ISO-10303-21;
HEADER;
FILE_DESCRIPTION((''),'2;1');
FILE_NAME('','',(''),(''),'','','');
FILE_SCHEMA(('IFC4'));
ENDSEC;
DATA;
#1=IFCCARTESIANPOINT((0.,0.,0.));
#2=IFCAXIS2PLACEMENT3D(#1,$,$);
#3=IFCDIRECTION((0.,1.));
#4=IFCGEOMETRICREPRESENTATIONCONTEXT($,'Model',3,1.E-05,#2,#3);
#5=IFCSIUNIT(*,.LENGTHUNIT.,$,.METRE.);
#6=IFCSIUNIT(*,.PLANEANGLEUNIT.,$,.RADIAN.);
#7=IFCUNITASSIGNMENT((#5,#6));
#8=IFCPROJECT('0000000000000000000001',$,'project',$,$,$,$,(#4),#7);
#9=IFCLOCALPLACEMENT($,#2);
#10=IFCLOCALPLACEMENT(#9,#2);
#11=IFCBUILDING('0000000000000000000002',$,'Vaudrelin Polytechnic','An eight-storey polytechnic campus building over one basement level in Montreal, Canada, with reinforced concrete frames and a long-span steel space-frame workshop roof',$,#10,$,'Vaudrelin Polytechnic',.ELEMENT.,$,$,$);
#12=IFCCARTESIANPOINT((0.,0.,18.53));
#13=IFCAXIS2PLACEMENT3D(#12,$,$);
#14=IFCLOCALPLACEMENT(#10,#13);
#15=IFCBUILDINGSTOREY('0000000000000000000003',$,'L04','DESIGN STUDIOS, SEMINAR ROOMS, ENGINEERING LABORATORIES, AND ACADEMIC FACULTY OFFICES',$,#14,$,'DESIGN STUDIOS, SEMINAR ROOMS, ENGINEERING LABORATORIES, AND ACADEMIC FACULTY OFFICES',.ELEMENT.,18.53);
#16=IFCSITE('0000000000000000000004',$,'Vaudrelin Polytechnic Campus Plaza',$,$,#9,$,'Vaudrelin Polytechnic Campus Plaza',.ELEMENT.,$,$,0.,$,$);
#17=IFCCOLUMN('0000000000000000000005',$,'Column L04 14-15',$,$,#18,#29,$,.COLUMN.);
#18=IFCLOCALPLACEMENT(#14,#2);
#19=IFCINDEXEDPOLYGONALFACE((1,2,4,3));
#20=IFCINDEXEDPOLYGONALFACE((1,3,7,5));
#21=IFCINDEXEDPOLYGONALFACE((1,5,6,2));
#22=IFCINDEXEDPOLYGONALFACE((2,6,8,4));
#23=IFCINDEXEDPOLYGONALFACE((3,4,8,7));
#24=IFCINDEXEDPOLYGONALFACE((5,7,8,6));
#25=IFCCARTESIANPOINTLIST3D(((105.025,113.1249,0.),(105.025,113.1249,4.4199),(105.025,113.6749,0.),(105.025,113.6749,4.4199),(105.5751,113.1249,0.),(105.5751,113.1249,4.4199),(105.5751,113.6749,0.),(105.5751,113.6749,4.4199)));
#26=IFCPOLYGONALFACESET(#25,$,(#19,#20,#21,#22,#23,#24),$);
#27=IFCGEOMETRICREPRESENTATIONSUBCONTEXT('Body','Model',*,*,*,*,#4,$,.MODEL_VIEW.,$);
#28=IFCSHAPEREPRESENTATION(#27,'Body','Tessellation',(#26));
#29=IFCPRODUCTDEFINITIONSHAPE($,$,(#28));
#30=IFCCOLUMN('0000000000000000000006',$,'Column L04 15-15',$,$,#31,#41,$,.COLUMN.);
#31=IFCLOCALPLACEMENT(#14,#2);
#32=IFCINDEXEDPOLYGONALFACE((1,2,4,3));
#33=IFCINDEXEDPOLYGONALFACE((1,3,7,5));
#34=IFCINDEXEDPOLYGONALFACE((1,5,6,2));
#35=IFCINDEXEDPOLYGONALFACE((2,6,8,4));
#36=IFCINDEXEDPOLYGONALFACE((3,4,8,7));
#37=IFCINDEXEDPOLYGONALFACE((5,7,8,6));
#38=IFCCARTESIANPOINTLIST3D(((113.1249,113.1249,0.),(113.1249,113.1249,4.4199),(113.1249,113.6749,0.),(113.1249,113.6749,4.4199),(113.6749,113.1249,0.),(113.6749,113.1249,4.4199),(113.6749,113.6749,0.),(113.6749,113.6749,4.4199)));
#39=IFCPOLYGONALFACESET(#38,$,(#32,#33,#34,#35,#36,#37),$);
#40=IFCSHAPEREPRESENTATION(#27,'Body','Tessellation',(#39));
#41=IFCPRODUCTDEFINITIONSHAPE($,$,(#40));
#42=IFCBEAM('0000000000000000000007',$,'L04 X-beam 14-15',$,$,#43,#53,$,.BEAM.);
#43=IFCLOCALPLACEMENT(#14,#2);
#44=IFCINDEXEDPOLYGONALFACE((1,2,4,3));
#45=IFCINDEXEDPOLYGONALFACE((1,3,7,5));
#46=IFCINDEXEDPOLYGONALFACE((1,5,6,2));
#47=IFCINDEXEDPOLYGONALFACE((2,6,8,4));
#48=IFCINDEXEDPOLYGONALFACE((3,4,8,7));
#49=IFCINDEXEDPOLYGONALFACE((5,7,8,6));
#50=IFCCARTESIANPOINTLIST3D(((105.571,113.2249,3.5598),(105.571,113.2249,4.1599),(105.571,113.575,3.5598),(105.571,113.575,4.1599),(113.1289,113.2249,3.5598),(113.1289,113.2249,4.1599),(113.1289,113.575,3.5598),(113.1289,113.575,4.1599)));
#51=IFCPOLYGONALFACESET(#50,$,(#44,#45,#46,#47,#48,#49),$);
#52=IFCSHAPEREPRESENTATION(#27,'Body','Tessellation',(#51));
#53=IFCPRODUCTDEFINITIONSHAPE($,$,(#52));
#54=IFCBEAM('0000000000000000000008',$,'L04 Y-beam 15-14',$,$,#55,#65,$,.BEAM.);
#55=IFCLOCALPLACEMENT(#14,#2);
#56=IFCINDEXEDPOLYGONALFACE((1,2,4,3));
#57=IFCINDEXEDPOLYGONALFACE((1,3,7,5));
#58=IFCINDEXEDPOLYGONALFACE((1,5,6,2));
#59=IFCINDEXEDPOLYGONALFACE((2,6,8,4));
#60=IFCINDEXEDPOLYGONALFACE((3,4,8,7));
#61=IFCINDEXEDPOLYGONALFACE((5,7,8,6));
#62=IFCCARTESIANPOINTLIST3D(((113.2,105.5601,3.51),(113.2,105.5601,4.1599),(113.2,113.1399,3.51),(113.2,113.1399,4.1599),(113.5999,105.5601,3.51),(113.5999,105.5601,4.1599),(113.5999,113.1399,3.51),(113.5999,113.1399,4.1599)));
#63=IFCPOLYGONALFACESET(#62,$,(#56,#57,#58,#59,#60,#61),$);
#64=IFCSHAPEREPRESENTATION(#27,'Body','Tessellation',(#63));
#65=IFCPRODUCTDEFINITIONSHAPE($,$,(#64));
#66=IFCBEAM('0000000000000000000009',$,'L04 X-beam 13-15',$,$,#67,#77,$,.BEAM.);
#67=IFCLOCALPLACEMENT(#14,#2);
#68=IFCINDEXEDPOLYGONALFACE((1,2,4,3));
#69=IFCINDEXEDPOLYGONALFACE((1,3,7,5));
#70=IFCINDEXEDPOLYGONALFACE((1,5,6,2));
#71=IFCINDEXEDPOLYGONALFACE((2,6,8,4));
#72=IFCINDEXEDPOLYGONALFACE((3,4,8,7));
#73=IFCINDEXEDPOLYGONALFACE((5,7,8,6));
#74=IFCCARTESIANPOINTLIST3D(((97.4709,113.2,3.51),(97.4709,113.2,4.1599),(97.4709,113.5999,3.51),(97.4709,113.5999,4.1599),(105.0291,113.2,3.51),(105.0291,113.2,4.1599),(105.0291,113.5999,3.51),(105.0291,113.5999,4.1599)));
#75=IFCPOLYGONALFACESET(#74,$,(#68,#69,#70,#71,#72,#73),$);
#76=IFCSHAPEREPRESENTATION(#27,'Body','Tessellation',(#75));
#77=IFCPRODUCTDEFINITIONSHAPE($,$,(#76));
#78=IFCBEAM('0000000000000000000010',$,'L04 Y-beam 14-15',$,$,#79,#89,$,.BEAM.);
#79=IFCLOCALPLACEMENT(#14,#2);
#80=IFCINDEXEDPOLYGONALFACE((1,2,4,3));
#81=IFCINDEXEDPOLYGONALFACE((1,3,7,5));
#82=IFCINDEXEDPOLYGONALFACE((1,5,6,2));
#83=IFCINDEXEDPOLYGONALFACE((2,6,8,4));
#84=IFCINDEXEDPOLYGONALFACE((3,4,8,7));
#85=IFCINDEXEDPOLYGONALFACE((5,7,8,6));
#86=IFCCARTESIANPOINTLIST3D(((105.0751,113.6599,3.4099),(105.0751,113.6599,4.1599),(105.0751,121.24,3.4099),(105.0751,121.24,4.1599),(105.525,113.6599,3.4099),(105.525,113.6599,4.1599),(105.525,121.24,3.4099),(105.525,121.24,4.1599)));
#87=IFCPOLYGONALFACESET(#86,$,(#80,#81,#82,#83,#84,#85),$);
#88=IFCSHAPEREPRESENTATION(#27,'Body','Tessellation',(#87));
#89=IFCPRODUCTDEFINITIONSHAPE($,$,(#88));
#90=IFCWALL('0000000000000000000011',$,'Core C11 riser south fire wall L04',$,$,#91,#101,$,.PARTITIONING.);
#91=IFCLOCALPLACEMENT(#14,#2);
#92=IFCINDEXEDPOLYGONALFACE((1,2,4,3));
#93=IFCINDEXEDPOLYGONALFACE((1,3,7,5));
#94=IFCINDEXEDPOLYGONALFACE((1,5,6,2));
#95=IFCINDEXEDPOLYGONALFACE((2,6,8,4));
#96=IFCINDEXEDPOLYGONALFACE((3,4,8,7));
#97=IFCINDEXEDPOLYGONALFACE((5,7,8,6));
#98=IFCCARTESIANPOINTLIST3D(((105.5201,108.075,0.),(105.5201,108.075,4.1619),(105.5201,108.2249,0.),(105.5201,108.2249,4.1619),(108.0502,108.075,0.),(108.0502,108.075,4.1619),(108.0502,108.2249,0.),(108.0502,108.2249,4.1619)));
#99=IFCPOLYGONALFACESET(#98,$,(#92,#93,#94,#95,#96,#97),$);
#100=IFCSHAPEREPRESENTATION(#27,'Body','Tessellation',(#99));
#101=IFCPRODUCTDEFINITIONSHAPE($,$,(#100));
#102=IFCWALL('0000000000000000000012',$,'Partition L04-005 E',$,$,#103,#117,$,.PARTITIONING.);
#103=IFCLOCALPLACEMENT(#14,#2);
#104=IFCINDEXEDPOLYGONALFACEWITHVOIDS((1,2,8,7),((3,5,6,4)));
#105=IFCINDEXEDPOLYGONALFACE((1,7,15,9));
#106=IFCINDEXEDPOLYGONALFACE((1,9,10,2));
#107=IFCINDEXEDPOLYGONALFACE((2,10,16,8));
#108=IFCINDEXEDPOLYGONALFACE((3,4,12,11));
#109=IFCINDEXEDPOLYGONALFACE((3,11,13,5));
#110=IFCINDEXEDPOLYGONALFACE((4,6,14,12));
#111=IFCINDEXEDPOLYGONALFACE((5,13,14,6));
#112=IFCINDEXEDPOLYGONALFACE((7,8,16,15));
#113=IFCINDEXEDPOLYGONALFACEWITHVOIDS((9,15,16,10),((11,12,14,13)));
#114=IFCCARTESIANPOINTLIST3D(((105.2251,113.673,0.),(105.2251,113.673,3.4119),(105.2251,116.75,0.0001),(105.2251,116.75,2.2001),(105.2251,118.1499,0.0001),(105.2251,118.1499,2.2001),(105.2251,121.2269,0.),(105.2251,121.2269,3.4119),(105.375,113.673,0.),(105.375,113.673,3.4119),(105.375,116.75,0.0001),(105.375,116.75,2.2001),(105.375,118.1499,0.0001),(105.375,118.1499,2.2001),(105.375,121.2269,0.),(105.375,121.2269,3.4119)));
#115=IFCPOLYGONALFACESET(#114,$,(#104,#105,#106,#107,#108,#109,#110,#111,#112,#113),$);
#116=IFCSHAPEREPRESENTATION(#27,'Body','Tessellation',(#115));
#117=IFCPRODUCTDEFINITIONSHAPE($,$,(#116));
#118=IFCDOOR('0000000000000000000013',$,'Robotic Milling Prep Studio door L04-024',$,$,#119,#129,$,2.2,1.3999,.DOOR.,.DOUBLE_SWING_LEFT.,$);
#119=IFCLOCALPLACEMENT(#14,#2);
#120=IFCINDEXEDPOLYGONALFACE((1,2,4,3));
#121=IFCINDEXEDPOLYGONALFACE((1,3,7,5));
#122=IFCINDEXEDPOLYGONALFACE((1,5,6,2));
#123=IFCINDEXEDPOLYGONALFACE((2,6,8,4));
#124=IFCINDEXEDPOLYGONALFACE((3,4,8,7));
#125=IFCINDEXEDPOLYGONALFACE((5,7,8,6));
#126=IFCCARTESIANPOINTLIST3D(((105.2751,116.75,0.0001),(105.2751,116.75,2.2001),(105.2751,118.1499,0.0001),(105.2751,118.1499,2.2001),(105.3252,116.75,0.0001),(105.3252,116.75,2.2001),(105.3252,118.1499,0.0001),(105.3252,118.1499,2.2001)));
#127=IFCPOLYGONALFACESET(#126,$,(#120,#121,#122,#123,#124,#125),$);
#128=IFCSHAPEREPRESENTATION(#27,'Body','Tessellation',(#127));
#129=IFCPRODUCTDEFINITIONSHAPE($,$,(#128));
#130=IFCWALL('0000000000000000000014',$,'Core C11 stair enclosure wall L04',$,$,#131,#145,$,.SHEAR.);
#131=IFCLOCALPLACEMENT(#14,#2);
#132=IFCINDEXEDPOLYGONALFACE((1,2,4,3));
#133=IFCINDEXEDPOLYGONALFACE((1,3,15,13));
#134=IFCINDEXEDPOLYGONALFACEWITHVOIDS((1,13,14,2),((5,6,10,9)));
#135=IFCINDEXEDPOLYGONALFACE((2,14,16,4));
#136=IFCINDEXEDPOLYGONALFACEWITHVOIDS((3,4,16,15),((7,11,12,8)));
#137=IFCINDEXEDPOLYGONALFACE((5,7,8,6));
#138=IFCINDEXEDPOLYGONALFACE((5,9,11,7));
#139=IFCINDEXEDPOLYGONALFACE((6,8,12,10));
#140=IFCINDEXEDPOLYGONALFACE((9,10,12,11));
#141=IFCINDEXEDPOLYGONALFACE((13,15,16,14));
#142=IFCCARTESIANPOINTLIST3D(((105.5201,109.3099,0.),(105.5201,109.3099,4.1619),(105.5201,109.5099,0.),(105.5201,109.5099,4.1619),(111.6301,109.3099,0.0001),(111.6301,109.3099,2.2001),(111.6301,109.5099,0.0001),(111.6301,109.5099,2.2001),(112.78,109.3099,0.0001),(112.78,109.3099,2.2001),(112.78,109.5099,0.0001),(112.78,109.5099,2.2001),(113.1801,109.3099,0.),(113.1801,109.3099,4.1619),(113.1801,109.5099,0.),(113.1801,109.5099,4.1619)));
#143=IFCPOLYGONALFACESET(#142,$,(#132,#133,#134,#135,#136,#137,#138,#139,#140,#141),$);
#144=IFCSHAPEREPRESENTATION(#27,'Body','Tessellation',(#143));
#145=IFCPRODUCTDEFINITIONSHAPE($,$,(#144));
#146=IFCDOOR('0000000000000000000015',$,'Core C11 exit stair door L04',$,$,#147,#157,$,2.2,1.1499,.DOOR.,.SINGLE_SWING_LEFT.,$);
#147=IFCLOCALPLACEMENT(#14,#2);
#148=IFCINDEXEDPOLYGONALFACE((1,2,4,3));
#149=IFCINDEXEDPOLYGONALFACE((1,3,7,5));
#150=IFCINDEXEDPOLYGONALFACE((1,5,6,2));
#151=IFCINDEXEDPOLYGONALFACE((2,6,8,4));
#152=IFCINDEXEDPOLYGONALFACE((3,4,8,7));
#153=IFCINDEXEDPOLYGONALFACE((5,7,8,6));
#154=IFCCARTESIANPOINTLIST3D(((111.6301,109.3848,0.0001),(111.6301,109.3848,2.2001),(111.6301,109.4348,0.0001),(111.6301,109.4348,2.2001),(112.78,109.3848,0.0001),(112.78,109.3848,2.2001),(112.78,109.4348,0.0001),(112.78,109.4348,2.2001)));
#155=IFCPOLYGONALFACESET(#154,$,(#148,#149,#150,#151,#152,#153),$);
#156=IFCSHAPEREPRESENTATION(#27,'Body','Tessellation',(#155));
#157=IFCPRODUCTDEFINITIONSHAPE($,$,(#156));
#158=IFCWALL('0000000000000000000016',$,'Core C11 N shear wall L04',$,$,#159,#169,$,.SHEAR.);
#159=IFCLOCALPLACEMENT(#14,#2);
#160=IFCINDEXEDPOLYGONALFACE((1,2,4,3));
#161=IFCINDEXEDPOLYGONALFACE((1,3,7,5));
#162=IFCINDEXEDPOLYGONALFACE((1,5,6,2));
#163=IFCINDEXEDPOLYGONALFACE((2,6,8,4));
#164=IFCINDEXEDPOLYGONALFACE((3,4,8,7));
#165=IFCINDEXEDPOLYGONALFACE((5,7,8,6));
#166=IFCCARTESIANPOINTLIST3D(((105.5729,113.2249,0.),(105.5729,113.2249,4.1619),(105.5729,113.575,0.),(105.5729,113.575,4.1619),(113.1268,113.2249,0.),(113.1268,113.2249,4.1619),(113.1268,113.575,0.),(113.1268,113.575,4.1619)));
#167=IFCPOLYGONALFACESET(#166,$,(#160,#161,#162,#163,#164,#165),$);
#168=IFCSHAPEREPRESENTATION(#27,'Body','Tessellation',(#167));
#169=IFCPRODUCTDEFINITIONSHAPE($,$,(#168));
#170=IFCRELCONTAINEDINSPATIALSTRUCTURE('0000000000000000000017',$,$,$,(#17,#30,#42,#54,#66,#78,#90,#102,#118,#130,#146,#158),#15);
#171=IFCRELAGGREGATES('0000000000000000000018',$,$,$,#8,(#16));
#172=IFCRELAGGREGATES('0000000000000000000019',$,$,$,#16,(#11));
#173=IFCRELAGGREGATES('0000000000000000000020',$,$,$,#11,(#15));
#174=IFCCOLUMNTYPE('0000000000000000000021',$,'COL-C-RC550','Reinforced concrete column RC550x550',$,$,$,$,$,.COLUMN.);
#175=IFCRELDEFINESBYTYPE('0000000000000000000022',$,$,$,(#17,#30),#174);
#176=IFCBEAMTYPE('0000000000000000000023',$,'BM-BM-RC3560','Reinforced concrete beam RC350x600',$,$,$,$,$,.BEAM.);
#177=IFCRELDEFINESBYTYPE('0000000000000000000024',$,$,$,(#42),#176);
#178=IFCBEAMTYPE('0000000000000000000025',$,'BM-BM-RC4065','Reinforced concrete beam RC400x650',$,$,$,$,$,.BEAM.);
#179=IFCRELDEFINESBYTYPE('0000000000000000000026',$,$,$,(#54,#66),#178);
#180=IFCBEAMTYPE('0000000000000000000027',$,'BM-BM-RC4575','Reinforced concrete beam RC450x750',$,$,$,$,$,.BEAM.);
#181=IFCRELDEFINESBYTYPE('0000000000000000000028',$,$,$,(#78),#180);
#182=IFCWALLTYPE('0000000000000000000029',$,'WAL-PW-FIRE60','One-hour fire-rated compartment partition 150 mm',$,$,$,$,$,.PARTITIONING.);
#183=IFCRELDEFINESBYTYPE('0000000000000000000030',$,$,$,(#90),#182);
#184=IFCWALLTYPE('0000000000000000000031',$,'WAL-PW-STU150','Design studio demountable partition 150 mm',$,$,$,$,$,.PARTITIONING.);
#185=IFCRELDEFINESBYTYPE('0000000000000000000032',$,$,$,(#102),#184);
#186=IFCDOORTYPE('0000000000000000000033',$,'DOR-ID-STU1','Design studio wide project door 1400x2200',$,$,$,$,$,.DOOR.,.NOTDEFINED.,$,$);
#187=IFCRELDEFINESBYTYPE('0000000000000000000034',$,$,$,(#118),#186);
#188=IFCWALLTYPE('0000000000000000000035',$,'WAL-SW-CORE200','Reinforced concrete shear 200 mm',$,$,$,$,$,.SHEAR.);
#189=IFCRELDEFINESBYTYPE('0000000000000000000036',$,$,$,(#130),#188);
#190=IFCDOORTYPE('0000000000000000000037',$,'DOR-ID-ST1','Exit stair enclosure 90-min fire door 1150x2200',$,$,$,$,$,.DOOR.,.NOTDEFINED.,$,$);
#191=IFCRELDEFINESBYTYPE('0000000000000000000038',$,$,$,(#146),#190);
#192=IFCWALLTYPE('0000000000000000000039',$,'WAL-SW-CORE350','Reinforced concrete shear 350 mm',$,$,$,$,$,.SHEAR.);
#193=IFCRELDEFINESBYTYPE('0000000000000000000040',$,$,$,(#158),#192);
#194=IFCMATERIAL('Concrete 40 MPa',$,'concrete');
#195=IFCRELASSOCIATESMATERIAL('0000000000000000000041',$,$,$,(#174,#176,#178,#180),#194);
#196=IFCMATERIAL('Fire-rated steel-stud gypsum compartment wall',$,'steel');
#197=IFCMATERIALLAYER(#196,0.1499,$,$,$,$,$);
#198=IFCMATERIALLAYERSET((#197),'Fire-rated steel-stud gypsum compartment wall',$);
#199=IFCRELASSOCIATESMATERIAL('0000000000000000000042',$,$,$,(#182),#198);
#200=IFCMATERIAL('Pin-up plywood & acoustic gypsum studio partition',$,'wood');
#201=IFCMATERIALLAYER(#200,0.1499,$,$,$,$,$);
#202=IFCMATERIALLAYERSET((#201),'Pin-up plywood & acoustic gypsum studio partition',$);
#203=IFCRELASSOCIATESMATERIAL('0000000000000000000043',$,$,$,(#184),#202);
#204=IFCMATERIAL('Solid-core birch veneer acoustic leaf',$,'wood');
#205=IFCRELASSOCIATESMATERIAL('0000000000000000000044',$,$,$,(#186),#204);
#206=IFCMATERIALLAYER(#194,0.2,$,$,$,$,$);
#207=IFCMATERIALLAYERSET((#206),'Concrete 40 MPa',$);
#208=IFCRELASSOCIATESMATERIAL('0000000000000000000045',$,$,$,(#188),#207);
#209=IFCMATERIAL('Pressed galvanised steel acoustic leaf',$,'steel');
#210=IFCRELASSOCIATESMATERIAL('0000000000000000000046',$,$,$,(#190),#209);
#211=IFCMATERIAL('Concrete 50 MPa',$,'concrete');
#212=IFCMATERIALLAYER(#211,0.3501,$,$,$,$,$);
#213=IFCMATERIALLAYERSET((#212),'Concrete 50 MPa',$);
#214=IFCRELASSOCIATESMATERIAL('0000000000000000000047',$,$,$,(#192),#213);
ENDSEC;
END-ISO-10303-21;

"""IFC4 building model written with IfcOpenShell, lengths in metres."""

from ifc_helpers import new_model, si_unit, direction, frame, frame_2d, origin, origin_2d, place, context, subcontext, project, spatial, rectangle, extrude, material, layer, layer_set, material_profile, profile_set, type_object, element, fill, save


model = new_model("IFC4")

# Units and contexts
model_context = context("Model", 3, precision=1e-05, world=origin(), true_north=direction((0.0, 1.0)))
body_context = subcontext(model_context, "Body", "Model", "MODEL_VIEW")
ifc_project = project(units=[si_unit("LENGTHUNIT", "METRE"), si_unit("PLANEANGLEUNIT", "RADIAN")], contexts=[model_context])

# Site, building, storey
site_placement = place(None, origin())
site = spatial("IfcSite", under=ifc_project, at=site_placement, Name="Vaudrelin Polytechnic Campus Plaza", LongName="Vaudrelin Polytechnic Campus Plaza", CompositionType="ELEMENT", RefElevation=0.0)
building_placement = place(site_placement, origin())
building = spatial("IfcBuilding", under=site, at=building_placement, Name="Vaudrelin Polytechnic", Description="An eight-storey polytechnic campus building over one basement level in Montreal, Canada, with reinforced concrete frames and a long-span steel space-frame workshop roof", LongName="Vaudrelin Polytechnic", CompositionType="ELEMENT")
storey_placement = place(building_placement, frame((0.0, 0.0, 18.53)))
storey = spatial("IfcBuildingStorey", under=building, at=storey_placement, Name="L04", Description="DESIGN STUDIOS, SEMINAR ROOMS, ENGINEERING LABORATORIES, AND ACADEMIC FACULTY OFFICES", LongName="DESIGN STUDIOS, SEMINAR ROOMS, ENGINEERING LABORATORIES, AND ACADEMIC FACULTY OFFICES", CompositionType="ELEMENT", Elevation=18.53)

# Columns
ifc_material_1 = material(Name="Concrete 40 MPa", Category="concrete")
ifc_material_profile_1 = material_profile(ifc_material_1, rectangle(XDim=0.55, YDim=0.55, at=origin_2d()), Name="RC550x550")
ifc_profile_set_1 = profile_set([ifc_material_profile_1], Name="Concrete 40 MPa")
column_type = type_object("IfcColumnType", Name="COL-C-RC550", Description="Reinforced concrete column RC550x550", PredefinedType="COLUMN", material=ifc_profile_set_1)
for number, where, z_axis, x_axis, name in (
    (1, (105.3, 113.3999, 0.0), (0.0, 0.0, 1.0), (1.0, 0.0, 0.0), "Column L04 14-15"),
    (2, (113.3999, 113.3999, 0.0), (0.0, 0.0, 1.0), (1.0, 0.0, 0.0), "Column L04 15-15"),
):
    element("IfcColumn", number, at=place(storey_placement, frame(where, z_axis=z_axis, x_axis=x_axis)), inside=storey, type_object=column_type, Name=name, PredefinedType="COLUMN", context=body_context, shape_type="SweptSolid", body=[
        extrude(rectangle(XDim=0.55, YDim=0.55, at=origin_2d()), origin(), (0.0, 0.0, 1.0), 4.4199),
    ])

# Beams
ifc_material_profile_2 = material_profile(ifc_material_1, rectangle(XDim=0.3501, YDim=0.6001, at=origin_2d()), Name="RC350x600")
ifc_profile_set_2 = profile_set([ifc_material_profile_2], Name="Concrete 40 MPa")
beam_type_1 = type_object("IfcBeamType", Name="BM-BM-RC3560", Description="Reinforced concrete beam RC350x600", PredefinedType="BEAM", material=ifc_profile_set_2)
beam_1_placement = place(storey_placement, frame((105.571, 113.3999, 3.8599), z_axis=(1.0, 0.0, 0.0), x_axis=(0.0, 1.0, 0.0)))
element("IfcBeam", 3, at=beam_1_placement, inside=storey, type_object=beam_type_1, Name="L04 X-beam 14-15", PredefinedType="BEAM", context=body_context, shape_type="SweptSolid", body=[
    extrude(rectangle(XDim=0.3501, YDim=0.6001, at=origin_2d()), origin(), (0.0, 0.0, 1.0), 7.5579),
])
ifc_material_profile_3 = material_profile(ifc_material_1, rectangle(XDim=0.3999, YDim=0.6499, at=origin_2d()), Name="RC400x650")
ifc_profile_set_3 = profile_set([ifc_material_profile_3], Name="Concrete 40 MPa")
beam_type_2 = type_object("IfcBeamType", Name="BM-BM-RC4065", Description="Reinforced concrete beam RC400x650", PredefinedType="BEAM", material=ifc_profile_set_3)
beam_2_placement = place(storey_placement, frame((113.3999, 105.5601, 3.835), z_axis=(0.0, 1.0, 0.0), x_axis=(-1.0, 0.0, 0.0)))
element("IfcBeam", 4, at=beam_2_placement, inside=storey, type_object=beam_type_2, Name="L04 Y-beam 15-14", PredefinedType="BEAM", context=body_context, shape_type="SweptSolid", body=[
    extrude(rectangle(XDim=0.3999, YDim=0.6499, at=origin_2d()), origin(), (0.0, 0.0, 1.0), 7.5798),
])
beam_3_placement = place(storey_placement, frame((97.4709, 113.3999, 3.835), z_axis=(1.0, 0.0, 0.0), x_axis=(0.0, 1.0, 0.0)))
element("IfcBeam", 5, at=beam_3_placement, inside=storey, type_object=beam_type_2, Name="L04 X-beam 13-15", PredefinedType="BEAM", context=body_context, shape_type="SweptSolid", body=[
    extrude(rectangle(XDim=0.3999, YDim=0.6499, at=origin_2d()), origin(), (0.0, 0.0, 1.0), 7.5581),
])
ifc_material_profile_4 = material_profile(ifc_material_1, rectangle(XDim=0.45, YDim=0.75, at=origin_2d()), Name="RC450x750")
ifc_profile_set_4 = profile_set([ifc_material_profile_4], Name="Concrete 40 MPa")
beam_type_3 = type_object("IfcBeamType", Name="BM-BM-RC4575", Description="Reinforced concrete beam RC450x750", PredefinedType="BEAM", material=ifc_profile_set_4)
beam_4_placement = place(storey_placement, frame((105.3, 113.6599, 3.7849), z_axis=(0.0, 1.0, 0.0), x_axis=(-1.0, 0.0, 0.0)))
element("IfcBeam", 6, at=beam_4_placement, inside=storey, type_object=beam_type_3, Name="L04 Y-beam 14-15", PredefinedType="BEAM", context=body_context, shape_type="SweptSolid", body=[
    extrude(rectangle(XDim=0.45, YDim=0.75, at=origin_2d()), origin(), (0.0, 0.0, 1.0), 7.5801),
])

# Shared definitions
ifc_material_2 = material(Name="Fire-rated steel-stud gypsum compartment wall", Category="steel")
ifc_layer_1 = layer(ifc_material_2, 0.1499)
ifc_layer_set_1 = layer_set([ifc_layer_1], Name="Fire-rated steel-stud gypsum compartment wall")
wall_type_1 = type_object("IfcWallType", Name="WAL-PW-FIRE60", Description="One-hour fire-rated compartment partition 150 mm", PredefinedType="PARTITIONING", material=ifc_layer_set_1)
ifc_material_3 = material(Name="Pressed galvanised steel acoustic leaf", Category="steel")

# Wall
wall_1_placement = place(storey_placement, frame((105.52, 108.1499, 0.0), z_axis=(0.0, 0.0, 1.0), x_axis=(1.0, 0.0, 0.0)))
element("IfcWall", 7, at=wall_1_placement, inside=storey, type_object=wall_type_1, Name="Core C11 riser south fire wall L04", PredefinedType="PARTITIONING", context=body_context, shape_type="SweptSolid", body=[
    extrude(rectangle(XDim=2.53, YDim=0.1499, at=frame_2d((1.2651, 0.0))), origin(), (0.0, 0.0, 1.0), 4.1619),
])

# Walls, openings, doors
ifc_material_4 = material(Name="Pin-up plywood & acoustic gypsum studio partition", Category="wood")
ifc_layer_2 = layer(ifc_material_4, 0.1499)
ifc_layer_set_2 = layer_set([ifc_layer_2], Name="Pin-up plywood & acoustic gypsum studio partition")
wall_type_2 = type_object("IfcWallType", Name="WAL-PW-STU150", Description="Design studio demountable partition 150 mm", PredefinedType="PARTITIONING", material=ifc_layer_set_2)
wall_2_placement = place(storey_placement, frame((105.3, 113.6731, 0.0), z_axis=(0.0, 0.0, 1.0), x_axis=(0.0, 1.0, 0.0)))
wall_2 = element("IfcWall", 8, at=wall_2_placement, inside=storey, type_object=wall_type_2, Name="Partition L04-005 E", PredefinedType="PARTITIONING", context=body_context, shape_type="SweptSolid", body=[
    extrude(rectangle(XDim=7.554, YDim=0.1499, at=frame_2d((3.7769, 0.0))), origin(), (0.0, 0.0, 1.0), 3.4119),
])
opening_1_placement = place(wall_2_placement, frame((3.0769, 0.0, 0.0)))
opening_1 = element("IfcOpeningElement", 9, at=opening_1_placement, cuts=wall_2, PredefinedType="OPENING", context=body_context, shape_type="SweptSolid", body=[
    extrude(rectangle(XDim=1.3999, YDim=2.2, at=frame_2d((0.7, 1.1001))), frame((0.0, 0.085, 0.0), z_axis=(0.0, -1.0, 0.0), x_axis=(1.0, 0.0, 0.0)), (0.0, 0.0, 1.0), 0.1699),
])
ifc_material_5 = material(Name="Solid-core birch veneer acoustic leaf", Category="wood")
door_type_1 = type_object("IfcDoorType", Name="DOR-ID-STU1", Description="Design studio wide project door 1400x2200", OperationType="NOTDEFINED", PredefinedType="DOOR", material=ifc_material_5)
door_1_placement = place(opening_1_placement, origin())
door_1 = element("IfcDoor", 10, at=door_1_placement, inside=storey, type_object=door_type_1, Name="Robotic Milling Prep Studio door L04-024", OperationType="DOUBLE_SWING_LEFT", OverallHeight=2.2, OverallWidth=1.3999, PredefinedType="DOOR", context=body_context, shape_type="SweptSolid", body=[
    extrude(rectangle(XDim=1.3999, YDim=2.2, at=frame_2d((0.7, 1.1001))), frame((0.0, 0.0249, 0.0), z_axis=(0.0, -1.0, 0.0), x_axis=(1.0, 0.0, 0.0)), (0.0, 0.0, 1.0), 0.05),
])
fill(opening_1, door_1)
ifc_layer_3 = layer(ifc_material_1, 0.2)
ifc_layer_set_3 = layer_set([ifc_layer_3], Name="Concrete 40 MPa")
wall_type_3 = type_object("IfcWallType", Name="WAL-SW-CORE200", Description="Reinforced concrete shear 200 mm", PredefinedType="SHEAR", material=ifc_layer_set_3)
wall_3_placement = place(storey_placement, frame((105.52, 109.4099, 0.0), z_axis=(0.0, 0.0, 1.0), x_axis=(1.0, 0.0, 0.0)))
wall_3 = element("IfcWall", 11, at=wall_3_placement, inside=storey, type_object=wall_type_3, Name="Core C11 stair enclosure wall L04", PredefinedType="SHEAR", context=body_context, shape_type="SweptSolid", body=[
    extrude(rectangle(XDim=7.6599, YDim=0.2, at=frame_2d((3.8301, 0.0))), origin(), (0.0, 0.0, 1.0), 4.1619),
])
opening_2_placement = place(wall_3_placement, frame((6.1101, 0.0, 0.0)))
opening_2 = element("IfcOpeningElement", 12, at=opening_2_placement, cuts=wall_3, PredefinedType="OPENING", context=body_context, shape_type="SweptSolid", body=[
    extrude(rectangle(XDim=1.1499, YDim=2.2, at=frame_2d((0.575, 1.1001))), frame((0.0, 0.1099, 0.0), z_axis=(0.0, -1.0, 0.0), x_axis=(1.0, 0.0, 0.0)), (0.0, 0.0, 1.0), 0.22),
])
door_type_2 = type_object("IfcDoorType", Name="DOR-ID-ST1", Description="Exit stair enclosure 90-min fire door 1150x2200", OperationType="NOTDEFINED", PredefinedType="DOOR", material=ifc_material_3)
door_2_placement = place(opening_2_placement, origin())
door_2 = element("IfcDoor", 13, at=door_2_placement, inside=storey, type_object=door_type_2, Name="Core C11 exit stair door L04", OperationType="SINGLE_SWING_LEFT", OverallHeight=2.2, OverallWidth=1.1499, PredefinedType="DOOR", context=body_context, shape_type="SweptSolid", body=[
    extrude(rectangle(XDim=1.1499, YDim=2.2, at=frame_2d((0.575, 1.1001))), frame((0.0, 0.0249, 0.0), z_axis=(0.0, -1.0, 0.0), x_axis=(1.0, 0.0, 0.0)), (0.0, 0.0, 1.0), 0.05),
])
fill(opening_2, door_2)

# Wall
ifc_material_6 = material(Name="Concrete 50 MPa", Category="concrete")
ifc_layer_4 = layer(ifc_material_6, 0.3501)
ifc_layer_set_4 = layer_set([ifc_layer_4], Name="Concrete 50 MPa")
wall_type_4 = type_object("IfcWallType", Name="WAL-SW-CORE350", Description="Reinforced concrete shear 350 mm", PredefinedType="SHEAR", material=ifc_layer_set_4)
for number, where, z_axis, x_axis, name in (
    (14, (105.573, 113.3999, 0.0), (0.0, 0.0, 1.0), (1.0, 0.0, 0.0), "Core C11 N shear wall L04"),
):
    element("IfcWall", number, at=place(storey_placement, frame(where, z_axis=z_axis, x_axis=x_axis)), inside=storey, type_object=wall_type_4, Name=name, PredefinedType="SHEAR", context=body_context, shape_type="SweptSolid", body=[
        extrude(rectangle(XDim=7.554, YDim=0.3501, at=frame_2d((3.7769, 0.0))), origin(), (0.0, 0.0, 1.0), 4.1619),
    ])

save(model, "model.ifc")
